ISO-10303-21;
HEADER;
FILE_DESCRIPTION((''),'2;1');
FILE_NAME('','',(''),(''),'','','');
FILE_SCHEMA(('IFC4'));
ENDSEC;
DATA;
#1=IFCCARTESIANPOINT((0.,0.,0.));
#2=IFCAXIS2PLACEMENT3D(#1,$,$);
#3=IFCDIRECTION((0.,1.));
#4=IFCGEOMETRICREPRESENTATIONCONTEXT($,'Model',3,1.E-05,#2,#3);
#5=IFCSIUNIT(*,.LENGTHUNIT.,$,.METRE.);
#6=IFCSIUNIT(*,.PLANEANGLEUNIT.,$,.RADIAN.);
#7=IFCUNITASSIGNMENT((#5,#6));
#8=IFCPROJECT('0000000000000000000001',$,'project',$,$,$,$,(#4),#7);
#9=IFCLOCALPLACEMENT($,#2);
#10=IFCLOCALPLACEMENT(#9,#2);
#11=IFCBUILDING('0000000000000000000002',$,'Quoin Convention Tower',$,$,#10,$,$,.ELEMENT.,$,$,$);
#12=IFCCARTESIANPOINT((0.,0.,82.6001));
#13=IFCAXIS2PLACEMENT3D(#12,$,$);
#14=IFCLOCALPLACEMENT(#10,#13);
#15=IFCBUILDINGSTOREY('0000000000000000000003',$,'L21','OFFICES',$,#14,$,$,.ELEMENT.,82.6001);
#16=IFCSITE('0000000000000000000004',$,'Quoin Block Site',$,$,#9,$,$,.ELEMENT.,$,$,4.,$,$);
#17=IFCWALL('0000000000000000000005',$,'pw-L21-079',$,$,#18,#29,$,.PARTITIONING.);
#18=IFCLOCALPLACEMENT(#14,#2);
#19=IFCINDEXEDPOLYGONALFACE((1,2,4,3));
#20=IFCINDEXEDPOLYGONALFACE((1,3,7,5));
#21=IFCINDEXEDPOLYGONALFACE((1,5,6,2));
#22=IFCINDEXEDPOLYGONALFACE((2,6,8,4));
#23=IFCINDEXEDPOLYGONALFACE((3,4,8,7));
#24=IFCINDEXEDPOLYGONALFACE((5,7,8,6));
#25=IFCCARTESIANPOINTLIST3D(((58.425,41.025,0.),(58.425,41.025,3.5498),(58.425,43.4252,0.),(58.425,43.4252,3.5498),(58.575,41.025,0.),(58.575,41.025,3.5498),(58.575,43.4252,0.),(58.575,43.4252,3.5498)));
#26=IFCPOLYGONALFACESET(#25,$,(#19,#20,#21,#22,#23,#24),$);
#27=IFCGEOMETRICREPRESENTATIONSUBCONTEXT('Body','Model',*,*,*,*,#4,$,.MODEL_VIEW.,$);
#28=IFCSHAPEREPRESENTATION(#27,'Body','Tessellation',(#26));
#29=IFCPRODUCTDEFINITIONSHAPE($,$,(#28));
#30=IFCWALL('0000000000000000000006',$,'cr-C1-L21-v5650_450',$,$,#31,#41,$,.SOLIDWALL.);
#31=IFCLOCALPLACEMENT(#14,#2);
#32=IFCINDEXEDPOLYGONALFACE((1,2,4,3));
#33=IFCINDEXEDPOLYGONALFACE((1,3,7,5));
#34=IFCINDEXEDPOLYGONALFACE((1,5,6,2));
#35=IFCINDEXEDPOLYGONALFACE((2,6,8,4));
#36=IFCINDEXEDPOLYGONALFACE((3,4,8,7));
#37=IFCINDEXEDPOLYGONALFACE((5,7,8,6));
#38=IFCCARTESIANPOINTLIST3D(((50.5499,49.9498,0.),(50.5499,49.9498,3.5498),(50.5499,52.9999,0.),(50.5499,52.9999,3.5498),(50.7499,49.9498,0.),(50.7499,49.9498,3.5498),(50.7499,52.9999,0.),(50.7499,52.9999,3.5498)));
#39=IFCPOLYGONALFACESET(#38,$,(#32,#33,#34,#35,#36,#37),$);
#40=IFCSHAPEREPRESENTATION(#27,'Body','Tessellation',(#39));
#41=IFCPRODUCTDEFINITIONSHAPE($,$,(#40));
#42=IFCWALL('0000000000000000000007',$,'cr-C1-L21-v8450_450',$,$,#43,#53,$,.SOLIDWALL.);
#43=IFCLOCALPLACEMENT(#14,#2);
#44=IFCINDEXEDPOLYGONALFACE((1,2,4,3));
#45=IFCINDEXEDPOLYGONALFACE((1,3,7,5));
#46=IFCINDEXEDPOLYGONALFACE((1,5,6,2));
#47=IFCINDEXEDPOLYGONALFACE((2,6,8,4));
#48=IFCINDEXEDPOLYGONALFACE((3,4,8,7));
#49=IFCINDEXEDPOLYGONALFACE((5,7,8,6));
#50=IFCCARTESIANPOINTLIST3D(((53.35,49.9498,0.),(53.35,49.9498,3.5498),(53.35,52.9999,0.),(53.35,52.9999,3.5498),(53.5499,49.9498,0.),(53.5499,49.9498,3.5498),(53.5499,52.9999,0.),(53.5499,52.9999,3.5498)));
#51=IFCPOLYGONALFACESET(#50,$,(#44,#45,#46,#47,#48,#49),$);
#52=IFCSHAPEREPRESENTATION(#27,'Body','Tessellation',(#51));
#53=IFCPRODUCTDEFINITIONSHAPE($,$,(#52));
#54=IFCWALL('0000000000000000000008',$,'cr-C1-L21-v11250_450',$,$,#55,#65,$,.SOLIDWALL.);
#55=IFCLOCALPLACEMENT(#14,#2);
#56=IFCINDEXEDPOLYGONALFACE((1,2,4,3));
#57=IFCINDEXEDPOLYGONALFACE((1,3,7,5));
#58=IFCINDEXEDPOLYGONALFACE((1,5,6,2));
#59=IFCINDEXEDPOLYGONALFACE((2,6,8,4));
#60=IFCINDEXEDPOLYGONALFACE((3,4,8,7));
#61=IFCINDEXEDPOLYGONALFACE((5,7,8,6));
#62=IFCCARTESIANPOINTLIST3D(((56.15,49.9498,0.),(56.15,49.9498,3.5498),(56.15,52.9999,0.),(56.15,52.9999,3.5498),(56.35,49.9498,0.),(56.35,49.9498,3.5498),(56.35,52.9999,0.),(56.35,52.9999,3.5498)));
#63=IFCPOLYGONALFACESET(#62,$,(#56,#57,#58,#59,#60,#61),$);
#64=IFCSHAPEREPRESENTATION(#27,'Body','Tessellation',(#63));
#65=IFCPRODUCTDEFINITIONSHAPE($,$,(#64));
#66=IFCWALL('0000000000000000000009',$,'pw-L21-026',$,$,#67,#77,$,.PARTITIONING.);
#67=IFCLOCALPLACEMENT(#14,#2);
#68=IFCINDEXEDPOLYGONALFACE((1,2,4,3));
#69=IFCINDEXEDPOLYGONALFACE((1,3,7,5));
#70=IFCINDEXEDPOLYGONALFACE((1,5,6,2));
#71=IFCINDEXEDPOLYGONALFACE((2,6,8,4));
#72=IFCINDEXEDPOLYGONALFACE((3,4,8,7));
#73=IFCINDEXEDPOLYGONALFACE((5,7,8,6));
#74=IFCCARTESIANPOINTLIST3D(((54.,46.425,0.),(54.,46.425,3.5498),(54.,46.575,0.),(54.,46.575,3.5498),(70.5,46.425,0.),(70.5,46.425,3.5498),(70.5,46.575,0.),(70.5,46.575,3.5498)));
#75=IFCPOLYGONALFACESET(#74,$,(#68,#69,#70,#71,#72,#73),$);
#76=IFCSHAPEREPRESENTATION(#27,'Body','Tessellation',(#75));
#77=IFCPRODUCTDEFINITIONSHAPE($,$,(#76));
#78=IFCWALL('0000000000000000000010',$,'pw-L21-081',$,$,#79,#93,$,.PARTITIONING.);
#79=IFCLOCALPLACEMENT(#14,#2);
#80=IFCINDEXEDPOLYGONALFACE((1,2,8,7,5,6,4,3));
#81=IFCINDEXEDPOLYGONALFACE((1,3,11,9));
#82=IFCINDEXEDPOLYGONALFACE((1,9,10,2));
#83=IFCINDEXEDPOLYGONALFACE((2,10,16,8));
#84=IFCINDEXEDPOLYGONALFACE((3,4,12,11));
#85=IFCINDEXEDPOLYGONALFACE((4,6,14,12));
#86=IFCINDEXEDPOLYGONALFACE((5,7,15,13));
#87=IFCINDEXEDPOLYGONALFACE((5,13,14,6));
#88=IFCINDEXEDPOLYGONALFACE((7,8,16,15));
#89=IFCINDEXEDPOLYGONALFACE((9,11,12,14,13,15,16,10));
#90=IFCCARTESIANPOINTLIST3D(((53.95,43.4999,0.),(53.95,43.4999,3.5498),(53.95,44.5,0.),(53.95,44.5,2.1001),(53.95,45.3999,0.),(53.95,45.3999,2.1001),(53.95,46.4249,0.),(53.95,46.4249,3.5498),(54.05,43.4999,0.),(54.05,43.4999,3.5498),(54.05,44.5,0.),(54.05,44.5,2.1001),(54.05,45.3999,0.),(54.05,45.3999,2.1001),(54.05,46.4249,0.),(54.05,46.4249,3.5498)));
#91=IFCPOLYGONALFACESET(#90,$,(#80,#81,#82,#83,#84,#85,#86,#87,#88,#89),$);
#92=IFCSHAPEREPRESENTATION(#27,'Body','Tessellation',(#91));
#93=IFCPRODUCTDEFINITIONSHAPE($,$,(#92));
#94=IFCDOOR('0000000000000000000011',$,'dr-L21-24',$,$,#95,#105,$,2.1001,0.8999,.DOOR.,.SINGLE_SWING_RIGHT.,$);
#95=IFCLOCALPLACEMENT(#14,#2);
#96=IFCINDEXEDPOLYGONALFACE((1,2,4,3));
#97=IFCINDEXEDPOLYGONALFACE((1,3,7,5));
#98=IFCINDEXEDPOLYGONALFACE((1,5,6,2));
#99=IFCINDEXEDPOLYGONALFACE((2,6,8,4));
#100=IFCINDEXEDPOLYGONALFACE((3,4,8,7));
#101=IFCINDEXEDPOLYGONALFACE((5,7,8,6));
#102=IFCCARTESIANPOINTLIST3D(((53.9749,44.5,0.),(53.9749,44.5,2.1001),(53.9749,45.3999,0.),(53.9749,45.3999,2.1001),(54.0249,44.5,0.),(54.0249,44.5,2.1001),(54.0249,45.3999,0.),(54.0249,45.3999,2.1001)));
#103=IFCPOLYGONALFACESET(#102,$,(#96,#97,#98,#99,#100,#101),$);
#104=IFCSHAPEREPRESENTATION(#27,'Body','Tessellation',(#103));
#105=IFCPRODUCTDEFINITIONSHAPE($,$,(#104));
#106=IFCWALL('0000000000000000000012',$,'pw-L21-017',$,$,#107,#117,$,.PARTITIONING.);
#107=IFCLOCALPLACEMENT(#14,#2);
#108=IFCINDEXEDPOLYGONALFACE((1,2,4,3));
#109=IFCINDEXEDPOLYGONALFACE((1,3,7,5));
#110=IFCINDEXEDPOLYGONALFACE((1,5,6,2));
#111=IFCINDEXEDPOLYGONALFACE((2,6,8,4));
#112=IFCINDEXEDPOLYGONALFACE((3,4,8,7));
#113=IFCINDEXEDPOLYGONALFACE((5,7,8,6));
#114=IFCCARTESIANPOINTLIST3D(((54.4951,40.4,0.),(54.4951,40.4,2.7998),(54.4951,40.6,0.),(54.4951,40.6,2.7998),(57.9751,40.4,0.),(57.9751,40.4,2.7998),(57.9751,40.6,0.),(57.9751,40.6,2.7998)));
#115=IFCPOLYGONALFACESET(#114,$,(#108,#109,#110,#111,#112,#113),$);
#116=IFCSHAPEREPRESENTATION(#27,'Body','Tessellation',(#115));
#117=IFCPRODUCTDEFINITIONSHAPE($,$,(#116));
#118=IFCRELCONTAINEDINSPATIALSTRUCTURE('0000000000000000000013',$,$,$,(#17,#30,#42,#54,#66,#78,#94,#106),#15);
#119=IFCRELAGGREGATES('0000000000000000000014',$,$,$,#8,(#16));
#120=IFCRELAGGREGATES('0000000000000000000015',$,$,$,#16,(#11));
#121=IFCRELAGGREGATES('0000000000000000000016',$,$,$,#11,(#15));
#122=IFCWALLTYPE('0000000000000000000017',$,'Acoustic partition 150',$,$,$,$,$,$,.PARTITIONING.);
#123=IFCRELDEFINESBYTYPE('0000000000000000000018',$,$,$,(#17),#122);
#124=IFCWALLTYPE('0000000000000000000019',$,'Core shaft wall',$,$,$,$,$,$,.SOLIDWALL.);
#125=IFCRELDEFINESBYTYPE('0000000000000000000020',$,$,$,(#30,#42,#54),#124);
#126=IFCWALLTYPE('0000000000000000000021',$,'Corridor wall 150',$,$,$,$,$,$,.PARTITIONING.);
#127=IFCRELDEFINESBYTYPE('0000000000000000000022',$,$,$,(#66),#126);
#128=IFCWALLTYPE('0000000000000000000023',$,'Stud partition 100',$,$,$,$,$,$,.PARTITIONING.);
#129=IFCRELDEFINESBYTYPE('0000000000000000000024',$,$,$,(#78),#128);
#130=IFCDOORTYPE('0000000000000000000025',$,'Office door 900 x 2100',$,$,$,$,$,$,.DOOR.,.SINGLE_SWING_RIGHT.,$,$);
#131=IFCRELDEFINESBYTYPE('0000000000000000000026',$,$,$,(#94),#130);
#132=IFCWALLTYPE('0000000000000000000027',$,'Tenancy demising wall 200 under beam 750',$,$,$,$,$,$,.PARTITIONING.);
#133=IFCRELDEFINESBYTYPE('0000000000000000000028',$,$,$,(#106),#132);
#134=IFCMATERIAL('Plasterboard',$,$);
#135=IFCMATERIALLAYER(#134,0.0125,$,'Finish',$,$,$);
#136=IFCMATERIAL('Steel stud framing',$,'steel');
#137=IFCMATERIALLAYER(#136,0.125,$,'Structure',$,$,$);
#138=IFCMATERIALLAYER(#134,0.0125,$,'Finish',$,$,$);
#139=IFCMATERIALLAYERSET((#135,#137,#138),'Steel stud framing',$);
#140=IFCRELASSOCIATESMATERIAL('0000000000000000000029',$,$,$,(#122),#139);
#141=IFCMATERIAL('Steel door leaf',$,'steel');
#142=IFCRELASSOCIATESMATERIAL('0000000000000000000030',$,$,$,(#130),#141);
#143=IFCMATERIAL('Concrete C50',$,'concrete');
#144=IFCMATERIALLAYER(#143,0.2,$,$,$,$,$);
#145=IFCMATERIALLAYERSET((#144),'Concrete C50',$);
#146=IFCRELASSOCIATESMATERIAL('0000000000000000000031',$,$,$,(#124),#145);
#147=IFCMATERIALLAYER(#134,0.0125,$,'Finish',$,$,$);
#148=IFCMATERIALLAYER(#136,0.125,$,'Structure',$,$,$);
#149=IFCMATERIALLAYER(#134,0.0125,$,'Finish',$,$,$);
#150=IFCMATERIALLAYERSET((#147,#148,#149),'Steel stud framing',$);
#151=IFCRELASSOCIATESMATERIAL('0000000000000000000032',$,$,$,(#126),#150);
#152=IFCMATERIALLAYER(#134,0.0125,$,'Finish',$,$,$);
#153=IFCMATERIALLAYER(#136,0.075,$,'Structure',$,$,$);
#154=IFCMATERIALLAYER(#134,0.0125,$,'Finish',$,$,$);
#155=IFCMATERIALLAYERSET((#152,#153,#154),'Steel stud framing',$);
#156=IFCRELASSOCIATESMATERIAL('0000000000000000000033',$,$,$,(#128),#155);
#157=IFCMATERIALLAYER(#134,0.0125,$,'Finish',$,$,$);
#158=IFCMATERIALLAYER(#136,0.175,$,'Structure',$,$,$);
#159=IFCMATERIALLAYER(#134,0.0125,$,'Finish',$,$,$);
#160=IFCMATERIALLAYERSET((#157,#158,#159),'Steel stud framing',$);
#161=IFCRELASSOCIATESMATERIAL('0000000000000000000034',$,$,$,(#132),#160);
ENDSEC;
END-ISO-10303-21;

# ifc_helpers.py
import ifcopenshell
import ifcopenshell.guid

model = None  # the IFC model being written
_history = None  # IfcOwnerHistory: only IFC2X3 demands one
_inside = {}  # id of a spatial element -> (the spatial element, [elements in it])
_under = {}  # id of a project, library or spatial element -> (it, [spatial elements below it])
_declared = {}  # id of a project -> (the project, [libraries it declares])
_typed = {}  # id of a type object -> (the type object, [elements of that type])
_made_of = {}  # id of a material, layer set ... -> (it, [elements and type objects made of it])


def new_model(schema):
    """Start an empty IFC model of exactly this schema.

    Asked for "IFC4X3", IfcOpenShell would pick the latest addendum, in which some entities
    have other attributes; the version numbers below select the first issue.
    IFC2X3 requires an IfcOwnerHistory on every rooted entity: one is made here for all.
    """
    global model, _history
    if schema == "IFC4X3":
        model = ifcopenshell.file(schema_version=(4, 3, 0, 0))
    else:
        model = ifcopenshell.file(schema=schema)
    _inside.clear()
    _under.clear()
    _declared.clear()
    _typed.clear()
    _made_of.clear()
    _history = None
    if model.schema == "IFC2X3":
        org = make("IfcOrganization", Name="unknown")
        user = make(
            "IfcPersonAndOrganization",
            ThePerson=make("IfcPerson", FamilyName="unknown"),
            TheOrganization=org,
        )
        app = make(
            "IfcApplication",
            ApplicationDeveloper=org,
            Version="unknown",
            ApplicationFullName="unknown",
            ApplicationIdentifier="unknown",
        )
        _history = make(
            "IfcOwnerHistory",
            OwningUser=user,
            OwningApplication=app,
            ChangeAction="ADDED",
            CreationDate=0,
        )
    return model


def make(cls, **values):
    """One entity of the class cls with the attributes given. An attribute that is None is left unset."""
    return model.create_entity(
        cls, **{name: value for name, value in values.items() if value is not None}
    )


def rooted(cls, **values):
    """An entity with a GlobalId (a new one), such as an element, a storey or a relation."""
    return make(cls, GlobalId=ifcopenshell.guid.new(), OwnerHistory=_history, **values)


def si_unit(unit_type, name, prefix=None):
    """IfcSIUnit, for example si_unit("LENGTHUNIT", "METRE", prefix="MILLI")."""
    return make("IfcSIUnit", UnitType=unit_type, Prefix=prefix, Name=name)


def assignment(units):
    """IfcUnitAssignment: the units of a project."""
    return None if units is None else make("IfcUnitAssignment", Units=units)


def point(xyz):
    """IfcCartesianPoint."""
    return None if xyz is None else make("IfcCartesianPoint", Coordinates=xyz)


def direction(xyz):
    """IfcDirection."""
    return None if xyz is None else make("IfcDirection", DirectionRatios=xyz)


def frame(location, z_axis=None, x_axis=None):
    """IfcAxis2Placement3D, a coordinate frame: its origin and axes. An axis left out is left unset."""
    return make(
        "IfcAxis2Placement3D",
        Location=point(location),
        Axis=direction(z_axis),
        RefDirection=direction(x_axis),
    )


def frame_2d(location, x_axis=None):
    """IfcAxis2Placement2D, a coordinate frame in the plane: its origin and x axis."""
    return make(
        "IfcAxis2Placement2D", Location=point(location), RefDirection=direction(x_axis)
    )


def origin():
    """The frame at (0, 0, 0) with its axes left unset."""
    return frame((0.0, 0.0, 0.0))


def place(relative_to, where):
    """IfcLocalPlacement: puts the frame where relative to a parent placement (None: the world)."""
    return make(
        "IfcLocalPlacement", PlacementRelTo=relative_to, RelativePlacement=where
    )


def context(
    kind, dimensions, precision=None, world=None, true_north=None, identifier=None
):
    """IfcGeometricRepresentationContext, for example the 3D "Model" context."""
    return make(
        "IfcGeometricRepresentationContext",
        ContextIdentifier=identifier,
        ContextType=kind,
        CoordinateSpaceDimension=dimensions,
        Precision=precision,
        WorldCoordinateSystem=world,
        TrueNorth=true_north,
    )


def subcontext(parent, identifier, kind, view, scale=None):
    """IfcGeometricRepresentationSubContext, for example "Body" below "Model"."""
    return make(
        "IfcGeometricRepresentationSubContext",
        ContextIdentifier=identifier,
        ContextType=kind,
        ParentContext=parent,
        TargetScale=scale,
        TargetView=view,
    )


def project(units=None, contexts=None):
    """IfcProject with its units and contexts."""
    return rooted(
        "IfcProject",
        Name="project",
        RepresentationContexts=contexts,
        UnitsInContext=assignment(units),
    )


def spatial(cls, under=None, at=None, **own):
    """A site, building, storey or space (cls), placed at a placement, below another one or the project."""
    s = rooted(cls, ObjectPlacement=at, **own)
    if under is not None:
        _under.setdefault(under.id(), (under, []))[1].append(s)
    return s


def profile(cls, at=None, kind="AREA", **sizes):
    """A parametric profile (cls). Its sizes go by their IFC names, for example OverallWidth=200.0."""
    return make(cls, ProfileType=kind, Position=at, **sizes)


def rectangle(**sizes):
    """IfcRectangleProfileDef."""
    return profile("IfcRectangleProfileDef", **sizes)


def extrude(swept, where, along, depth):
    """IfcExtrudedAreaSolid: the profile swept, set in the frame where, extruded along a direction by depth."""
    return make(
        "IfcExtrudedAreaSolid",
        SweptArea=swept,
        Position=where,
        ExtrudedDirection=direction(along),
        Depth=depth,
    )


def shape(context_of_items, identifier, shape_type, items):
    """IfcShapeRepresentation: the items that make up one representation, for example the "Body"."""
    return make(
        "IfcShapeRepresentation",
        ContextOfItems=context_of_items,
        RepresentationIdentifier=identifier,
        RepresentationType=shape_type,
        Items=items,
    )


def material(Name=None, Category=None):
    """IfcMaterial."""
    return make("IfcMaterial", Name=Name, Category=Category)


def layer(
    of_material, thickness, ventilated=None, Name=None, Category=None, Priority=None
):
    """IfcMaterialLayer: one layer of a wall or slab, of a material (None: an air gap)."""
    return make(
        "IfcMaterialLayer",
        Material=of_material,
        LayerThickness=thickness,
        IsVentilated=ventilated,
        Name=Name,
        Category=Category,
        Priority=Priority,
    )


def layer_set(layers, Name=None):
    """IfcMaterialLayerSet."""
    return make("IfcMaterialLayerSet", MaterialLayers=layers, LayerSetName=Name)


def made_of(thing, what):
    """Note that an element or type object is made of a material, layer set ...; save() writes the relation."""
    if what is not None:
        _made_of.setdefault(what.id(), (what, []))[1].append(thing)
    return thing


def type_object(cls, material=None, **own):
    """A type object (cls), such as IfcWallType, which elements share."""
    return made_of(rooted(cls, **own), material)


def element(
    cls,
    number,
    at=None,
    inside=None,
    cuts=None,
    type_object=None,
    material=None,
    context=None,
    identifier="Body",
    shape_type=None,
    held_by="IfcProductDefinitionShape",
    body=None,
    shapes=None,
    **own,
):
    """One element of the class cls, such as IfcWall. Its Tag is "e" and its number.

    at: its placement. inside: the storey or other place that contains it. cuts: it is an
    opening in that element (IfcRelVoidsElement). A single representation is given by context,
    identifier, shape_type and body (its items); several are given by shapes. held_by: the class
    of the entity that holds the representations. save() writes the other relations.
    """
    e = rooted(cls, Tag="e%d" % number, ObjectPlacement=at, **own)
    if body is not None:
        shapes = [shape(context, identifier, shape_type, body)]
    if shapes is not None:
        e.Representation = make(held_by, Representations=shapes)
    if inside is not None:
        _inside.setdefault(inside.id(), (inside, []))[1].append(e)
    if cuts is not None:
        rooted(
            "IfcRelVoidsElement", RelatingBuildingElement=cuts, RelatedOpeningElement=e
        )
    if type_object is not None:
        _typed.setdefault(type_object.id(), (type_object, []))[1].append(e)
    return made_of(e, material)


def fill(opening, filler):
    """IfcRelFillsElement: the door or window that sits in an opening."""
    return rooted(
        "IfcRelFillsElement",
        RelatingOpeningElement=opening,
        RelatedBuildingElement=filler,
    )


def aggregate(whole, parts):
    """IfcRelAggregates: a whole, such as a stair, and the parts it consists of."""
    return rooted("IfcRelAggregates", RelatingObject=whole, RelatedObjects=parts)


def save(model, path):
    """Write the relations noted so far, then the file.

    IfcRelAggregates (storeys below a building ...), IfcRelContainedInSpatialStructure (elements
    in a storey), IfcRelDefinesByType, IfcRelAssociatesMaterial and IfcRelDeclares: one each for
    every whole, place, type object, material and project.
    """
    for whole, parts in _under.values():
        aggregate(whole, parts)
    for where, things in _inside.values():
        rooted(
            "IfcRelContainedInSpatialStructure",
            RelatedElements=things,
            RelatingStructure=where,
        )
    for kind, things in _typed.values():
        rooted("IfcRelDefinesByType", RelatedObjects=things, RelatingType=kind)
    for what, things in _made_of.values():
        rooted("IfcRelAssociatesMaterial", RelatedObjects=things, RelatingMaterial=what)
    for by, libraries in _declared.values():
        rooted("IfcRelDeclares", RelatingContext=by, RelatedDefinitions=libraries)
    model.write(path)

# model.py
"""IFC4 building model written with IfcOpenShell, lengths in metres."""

from ifc_helpers import new_model, si_unit, direction, frame, frame_2d, origin, place, context, subcontext, project, spatial, rectangle, extrude, material, layer, layer_set, type_object, element, fill, save


model = new_model("IFC4")

# Units and contexts
model_context = context("Model", 3, precision=1e-05, world=origin(), true_north=direction((0.0, 1.0)))
body_context = subcontext(model_context, "Body", "Model", "MODEL_VIEW")
ifc_project = project(units=[si_unit("LENGTHUNIT", "METRE"), si_unit("PLANEANGLEUNIT", "RADIAN")], contexts=[model_context])

# Site, building, storey
site_placement = place(None, origin())
site = spatial("IfcSite", under=ifc_project, at=site_placement, Name="Quoin Block Site", CompositionType="ELEMENT", RefElevation=4.0)
building_placement = place(site_placement, origin())
building = spatial("IfcBuilding", under=site, at=building_placement, Name="Quoin Convention Tower", CompositionType="ELEMENT")
storey_placement = place(building_placement, frame((0.0, 0.0, 82.6001)))
storey = spatial("IfcBuildingStorey", under=building, at=storey_placement, Name="L21", Description="OFFICES", CompositionType="ELEMENT", Elevation=82.6001)

# Shared definitions
ifc_material_1 = material(Name="Plasterboard")
ifc_layer_1 = layer(ifc_material_1, 0.0125, Name="Finish")
ifc_material_2 = material(Name="Steel stud framing", Category="steel")
ifc_layer_2 = layer(ifc_material_2, 0.125, Name="Structure")
ifc_layer_3 = layer(ifc_material_1, 0.0125, Name="Finish")
ifc_layer_set_1 = layer_set([ifc_layer_1, ifc_layer_2, ifc_layer_3], Name="Steel stud framing")
wall_type_1 = type_object("IfcWallType", Name="Acoustic partition 150", PredefinedType="PARTITIONING", material=ifc_layer_set_1)
ifc_material_3 = material(Name="Steel door leaf", Category="steel")
door_type = type_object("IfcDoorType", Name="Office door 900 x 2100", OperationType="SINGLE_SWING_RIGHT", PredefinedType="DOOR", material=ifc_material_3)

# Walls
wall_1_placement = place(storey_placement, frame((58.5, 41.0249, 0.0), z_axis=(0.0, 0.0, 1.0), x_axis=(0.0, 1.0, 0.0)))
element("IfcWall", 1, at=wall_1_placement, inside=storey, type_object=wall_type_1, Name="pw-L21-079", PredefinedType="PARTITIONING", context=body_context, shape_type="SweptSolid", body=[
    extrude(rectangle(XDim=2.4001, YDim=0.1499, at=frame_2d((1.2002, 0.0))), origin(), (0.0, 0.0, 1.0), 3.5498),
])
ifc_material_4 = material(Name="Concrete C50", Category="concrete")
ifc_layer_4 = layer(ifc_material_4, 0.2)
ifc_layer_set_2 = layer_set([ifc_layer_4], Name="Concrete C50")
wall_type_2 = type_object("IfcWallType", Name="Core shaft wall", PredefinedType="SOLIDWALL", material=ifc_layer_set_2)
for number, where, z_axis, x_axis, name in (
    (2, (50.6499, 49.95, 0.0), (0.0, 0.0, 1.0), (0.0, 1.0, 0.0), "cr-C1-L21-v5650_450"),
    (3, (53.45, 49.95, 0.0), (0.0, 0.0, 1.0), (0.0, 1.0, 0.0), "cr-C1-L21-v8450_450"),
    (4, (56.25, 49.95, 0.0), (0.0, 0.0, 1.0), (0.0, 1.0, 0.0), "cr-C1-L21-v11250_450"),
):
    element("IfcWall", number, at=place(storey_placement, frame(where, z_axis=z_axis, x_axis=x_axis)), inside=storey, type_object=wall_type_2, Name=name, PredefinedType="SOLIDWALL", context=body_context, shape_type="SweptSolid", body=[
        extrude(rectangle(XDim=3.05, YDim=0.2, at=frame_2d((1.5249, 0.0))), origin(), (0.0, 0.0, 1.0), 3.5498),
    ])
ifc_layer_5 = layer(ifc_material_1, 0.0125, Name="Finish")
ifc_layer_6 = layer(ifc_material_2, 0.125, Name="Structure")
ifc_layer_7 = layer(ifc_material_1, 0.0125, Name="Finish")
ifc_layer_set_3 = layer_set([ifc_layer_5, ifc_layer_6, ifc_layer_7], Name="Steel stud framing")
wall_type_3 = type_object("IfcWallType", Name="Corridor wall 150", PredefinedType="PARTITIONING", material=ifc_layer_set_3)
wall_2_placement = place(storey_placement, frame((54.0, 46.5, 0.0), z_axis=(0.0, 0.0, 1.0), x_axis=(1.0, 0.0, 0.0)))
element("IfcWall", 5, at=wall_2_placement, inside=storey, type_object=wall_type_3, Name="pw-L21-026", PredefinedType="PARTITIONING", context=body_context, shape_type="SweptSolid", body=[
    extrude(rectangle(XDim=16.5, YDim=0.1499, at=frame_2d((8.25, 0.0))), origin(), (0.0, 0.0, 1.0), 3.5498),
])

# Wall, opening, door
ifc_layer_8 = layer(ifc_material_1, 0.0125, Name="Finish")
ifc_layer_9 = layer(ifc_material_2, 0.075, Name="Structure")
ifc_layer_10 = layer(ifc_material_1, 0.0125, Name="Finish")
ifc_layer_set_4 = layer_set([ifc_layer_8, ifc_layer_9, ifc_layer_10], Name="Steel stud framing")
wall_type_4 = type_object("IfcWallType", Name="Stud partition 100", PredefinedType="PARTITIONING", material=ifc_layer_set_4)
wall_3_placement = place(storey_placement, frame((54.0, 43.5, 0.0), z_axis=(0.0, 0.0, 1.0), x_axis=(0.0, 1.0, 0.0)))
wall_3 = element("IfcWall", 6, at=wall_3_placement, inside=storey, type_object=wall_type_4, Name="pw-L21-081", PredefinedType="PARTITIONING", context=body_context, shape_type="SweptSolid", body=[
    extrude(rectangle(XDim=2.925, YDim=0.1001, at=frame_2d((1.4624, 0.0))), origin(), (0.0, 0.0, 1.0), 3.5498),
])
opening_1_placement = place(wall_3_placement, frame((1.0, 0.0, 0.0)))
opening_1 = element("IfcOpeningElement", 7, at=opening_1_placement, cuts=wall_3, PredefinedType="OPENING", context=body_context, shape_type="SweptSolid", body=[
    extrude(rectangle(XDim=0.8999, YDim=2.1001, at=frame_2d((0.45, 1.05))), frame((0.0, 0.0601, 0.0), z_axis=(0.0, -1.0, 0.0), x_axis=(1.0, 0.0, 0.0)), (0.0, 0.0, 1.0), 0.1201),
])
door_1_placement = place(opening_1_placement, frame((0.8999, 0.0, 0.0), z_axis=(0.0, 0.0, 1.0), x_axis=(-1.0, 0.0, 0.0)))
door_1 = element("IfcDoor", 8, at=door_1_placement, inside=storey, type_object=door_type, Name="dr-L21-24", OperationType="SINGLE_SWING_RIGHT", OverallHeight=2.1001, OverallWidth=0.8999, PredefinedType="DOOR", context=body_context, shape_type="SweptSolid", body=[
    extrude(rectangle(XDim=0.8999, YDim=2.1001, at=frame_2d((0.45, 1.05))), frame((0.0, 0.0249, 0.0), z_axis=(0.0, -1.0, 0.0), x_axis=(1.0, 0.0, 0.0)), (0.0, 0.0, 1.0), 0.05),
])
fill(opening_1, door_1)

# Wall
ifc_layer_11 = layer(ifc_material_1, 0.0125, Name="Finish")
ifc_layer_12 = layer(ifc_material_2, 0.175, Name="Structure")
ifc_layer_13 = layer(ifc_material_1, 0.0125, Name="Finish")
ifc_layer_set_5 = layer_set([ifc_layer_11, ifc_layer_12, ifc_layer_13], Name="Steel stud framing")
wall_type_5 = type_object("IfcWallType", Name="Tenancy demising wall 200 under beam 750", PredefinedType="PARTITIONING", material=ifc_layer_set_5)
wall_4_placement = place(storey_placement, frame((54.4951, 40.5, 0.0), z_axis=(0.0, 0.0, 1.0), x_axis=(1.0, 0.0, 0.0)))
element("IfcWall", 9, at=wall_4_placement, inside=storey, type_object=wall_type_5, Name="pw-L21-017", PredefinedType="PARTITIONING", context=body_context, shape_type="SweptSolid", body=[
    extrude(rectangle(XDim=3.48, YDim=0.2, at=frame_2d((1.74, 0.0))), origin(), (0.0, 0.0, 1.0), 2.7998),
])

save(model, "model.ifc")
